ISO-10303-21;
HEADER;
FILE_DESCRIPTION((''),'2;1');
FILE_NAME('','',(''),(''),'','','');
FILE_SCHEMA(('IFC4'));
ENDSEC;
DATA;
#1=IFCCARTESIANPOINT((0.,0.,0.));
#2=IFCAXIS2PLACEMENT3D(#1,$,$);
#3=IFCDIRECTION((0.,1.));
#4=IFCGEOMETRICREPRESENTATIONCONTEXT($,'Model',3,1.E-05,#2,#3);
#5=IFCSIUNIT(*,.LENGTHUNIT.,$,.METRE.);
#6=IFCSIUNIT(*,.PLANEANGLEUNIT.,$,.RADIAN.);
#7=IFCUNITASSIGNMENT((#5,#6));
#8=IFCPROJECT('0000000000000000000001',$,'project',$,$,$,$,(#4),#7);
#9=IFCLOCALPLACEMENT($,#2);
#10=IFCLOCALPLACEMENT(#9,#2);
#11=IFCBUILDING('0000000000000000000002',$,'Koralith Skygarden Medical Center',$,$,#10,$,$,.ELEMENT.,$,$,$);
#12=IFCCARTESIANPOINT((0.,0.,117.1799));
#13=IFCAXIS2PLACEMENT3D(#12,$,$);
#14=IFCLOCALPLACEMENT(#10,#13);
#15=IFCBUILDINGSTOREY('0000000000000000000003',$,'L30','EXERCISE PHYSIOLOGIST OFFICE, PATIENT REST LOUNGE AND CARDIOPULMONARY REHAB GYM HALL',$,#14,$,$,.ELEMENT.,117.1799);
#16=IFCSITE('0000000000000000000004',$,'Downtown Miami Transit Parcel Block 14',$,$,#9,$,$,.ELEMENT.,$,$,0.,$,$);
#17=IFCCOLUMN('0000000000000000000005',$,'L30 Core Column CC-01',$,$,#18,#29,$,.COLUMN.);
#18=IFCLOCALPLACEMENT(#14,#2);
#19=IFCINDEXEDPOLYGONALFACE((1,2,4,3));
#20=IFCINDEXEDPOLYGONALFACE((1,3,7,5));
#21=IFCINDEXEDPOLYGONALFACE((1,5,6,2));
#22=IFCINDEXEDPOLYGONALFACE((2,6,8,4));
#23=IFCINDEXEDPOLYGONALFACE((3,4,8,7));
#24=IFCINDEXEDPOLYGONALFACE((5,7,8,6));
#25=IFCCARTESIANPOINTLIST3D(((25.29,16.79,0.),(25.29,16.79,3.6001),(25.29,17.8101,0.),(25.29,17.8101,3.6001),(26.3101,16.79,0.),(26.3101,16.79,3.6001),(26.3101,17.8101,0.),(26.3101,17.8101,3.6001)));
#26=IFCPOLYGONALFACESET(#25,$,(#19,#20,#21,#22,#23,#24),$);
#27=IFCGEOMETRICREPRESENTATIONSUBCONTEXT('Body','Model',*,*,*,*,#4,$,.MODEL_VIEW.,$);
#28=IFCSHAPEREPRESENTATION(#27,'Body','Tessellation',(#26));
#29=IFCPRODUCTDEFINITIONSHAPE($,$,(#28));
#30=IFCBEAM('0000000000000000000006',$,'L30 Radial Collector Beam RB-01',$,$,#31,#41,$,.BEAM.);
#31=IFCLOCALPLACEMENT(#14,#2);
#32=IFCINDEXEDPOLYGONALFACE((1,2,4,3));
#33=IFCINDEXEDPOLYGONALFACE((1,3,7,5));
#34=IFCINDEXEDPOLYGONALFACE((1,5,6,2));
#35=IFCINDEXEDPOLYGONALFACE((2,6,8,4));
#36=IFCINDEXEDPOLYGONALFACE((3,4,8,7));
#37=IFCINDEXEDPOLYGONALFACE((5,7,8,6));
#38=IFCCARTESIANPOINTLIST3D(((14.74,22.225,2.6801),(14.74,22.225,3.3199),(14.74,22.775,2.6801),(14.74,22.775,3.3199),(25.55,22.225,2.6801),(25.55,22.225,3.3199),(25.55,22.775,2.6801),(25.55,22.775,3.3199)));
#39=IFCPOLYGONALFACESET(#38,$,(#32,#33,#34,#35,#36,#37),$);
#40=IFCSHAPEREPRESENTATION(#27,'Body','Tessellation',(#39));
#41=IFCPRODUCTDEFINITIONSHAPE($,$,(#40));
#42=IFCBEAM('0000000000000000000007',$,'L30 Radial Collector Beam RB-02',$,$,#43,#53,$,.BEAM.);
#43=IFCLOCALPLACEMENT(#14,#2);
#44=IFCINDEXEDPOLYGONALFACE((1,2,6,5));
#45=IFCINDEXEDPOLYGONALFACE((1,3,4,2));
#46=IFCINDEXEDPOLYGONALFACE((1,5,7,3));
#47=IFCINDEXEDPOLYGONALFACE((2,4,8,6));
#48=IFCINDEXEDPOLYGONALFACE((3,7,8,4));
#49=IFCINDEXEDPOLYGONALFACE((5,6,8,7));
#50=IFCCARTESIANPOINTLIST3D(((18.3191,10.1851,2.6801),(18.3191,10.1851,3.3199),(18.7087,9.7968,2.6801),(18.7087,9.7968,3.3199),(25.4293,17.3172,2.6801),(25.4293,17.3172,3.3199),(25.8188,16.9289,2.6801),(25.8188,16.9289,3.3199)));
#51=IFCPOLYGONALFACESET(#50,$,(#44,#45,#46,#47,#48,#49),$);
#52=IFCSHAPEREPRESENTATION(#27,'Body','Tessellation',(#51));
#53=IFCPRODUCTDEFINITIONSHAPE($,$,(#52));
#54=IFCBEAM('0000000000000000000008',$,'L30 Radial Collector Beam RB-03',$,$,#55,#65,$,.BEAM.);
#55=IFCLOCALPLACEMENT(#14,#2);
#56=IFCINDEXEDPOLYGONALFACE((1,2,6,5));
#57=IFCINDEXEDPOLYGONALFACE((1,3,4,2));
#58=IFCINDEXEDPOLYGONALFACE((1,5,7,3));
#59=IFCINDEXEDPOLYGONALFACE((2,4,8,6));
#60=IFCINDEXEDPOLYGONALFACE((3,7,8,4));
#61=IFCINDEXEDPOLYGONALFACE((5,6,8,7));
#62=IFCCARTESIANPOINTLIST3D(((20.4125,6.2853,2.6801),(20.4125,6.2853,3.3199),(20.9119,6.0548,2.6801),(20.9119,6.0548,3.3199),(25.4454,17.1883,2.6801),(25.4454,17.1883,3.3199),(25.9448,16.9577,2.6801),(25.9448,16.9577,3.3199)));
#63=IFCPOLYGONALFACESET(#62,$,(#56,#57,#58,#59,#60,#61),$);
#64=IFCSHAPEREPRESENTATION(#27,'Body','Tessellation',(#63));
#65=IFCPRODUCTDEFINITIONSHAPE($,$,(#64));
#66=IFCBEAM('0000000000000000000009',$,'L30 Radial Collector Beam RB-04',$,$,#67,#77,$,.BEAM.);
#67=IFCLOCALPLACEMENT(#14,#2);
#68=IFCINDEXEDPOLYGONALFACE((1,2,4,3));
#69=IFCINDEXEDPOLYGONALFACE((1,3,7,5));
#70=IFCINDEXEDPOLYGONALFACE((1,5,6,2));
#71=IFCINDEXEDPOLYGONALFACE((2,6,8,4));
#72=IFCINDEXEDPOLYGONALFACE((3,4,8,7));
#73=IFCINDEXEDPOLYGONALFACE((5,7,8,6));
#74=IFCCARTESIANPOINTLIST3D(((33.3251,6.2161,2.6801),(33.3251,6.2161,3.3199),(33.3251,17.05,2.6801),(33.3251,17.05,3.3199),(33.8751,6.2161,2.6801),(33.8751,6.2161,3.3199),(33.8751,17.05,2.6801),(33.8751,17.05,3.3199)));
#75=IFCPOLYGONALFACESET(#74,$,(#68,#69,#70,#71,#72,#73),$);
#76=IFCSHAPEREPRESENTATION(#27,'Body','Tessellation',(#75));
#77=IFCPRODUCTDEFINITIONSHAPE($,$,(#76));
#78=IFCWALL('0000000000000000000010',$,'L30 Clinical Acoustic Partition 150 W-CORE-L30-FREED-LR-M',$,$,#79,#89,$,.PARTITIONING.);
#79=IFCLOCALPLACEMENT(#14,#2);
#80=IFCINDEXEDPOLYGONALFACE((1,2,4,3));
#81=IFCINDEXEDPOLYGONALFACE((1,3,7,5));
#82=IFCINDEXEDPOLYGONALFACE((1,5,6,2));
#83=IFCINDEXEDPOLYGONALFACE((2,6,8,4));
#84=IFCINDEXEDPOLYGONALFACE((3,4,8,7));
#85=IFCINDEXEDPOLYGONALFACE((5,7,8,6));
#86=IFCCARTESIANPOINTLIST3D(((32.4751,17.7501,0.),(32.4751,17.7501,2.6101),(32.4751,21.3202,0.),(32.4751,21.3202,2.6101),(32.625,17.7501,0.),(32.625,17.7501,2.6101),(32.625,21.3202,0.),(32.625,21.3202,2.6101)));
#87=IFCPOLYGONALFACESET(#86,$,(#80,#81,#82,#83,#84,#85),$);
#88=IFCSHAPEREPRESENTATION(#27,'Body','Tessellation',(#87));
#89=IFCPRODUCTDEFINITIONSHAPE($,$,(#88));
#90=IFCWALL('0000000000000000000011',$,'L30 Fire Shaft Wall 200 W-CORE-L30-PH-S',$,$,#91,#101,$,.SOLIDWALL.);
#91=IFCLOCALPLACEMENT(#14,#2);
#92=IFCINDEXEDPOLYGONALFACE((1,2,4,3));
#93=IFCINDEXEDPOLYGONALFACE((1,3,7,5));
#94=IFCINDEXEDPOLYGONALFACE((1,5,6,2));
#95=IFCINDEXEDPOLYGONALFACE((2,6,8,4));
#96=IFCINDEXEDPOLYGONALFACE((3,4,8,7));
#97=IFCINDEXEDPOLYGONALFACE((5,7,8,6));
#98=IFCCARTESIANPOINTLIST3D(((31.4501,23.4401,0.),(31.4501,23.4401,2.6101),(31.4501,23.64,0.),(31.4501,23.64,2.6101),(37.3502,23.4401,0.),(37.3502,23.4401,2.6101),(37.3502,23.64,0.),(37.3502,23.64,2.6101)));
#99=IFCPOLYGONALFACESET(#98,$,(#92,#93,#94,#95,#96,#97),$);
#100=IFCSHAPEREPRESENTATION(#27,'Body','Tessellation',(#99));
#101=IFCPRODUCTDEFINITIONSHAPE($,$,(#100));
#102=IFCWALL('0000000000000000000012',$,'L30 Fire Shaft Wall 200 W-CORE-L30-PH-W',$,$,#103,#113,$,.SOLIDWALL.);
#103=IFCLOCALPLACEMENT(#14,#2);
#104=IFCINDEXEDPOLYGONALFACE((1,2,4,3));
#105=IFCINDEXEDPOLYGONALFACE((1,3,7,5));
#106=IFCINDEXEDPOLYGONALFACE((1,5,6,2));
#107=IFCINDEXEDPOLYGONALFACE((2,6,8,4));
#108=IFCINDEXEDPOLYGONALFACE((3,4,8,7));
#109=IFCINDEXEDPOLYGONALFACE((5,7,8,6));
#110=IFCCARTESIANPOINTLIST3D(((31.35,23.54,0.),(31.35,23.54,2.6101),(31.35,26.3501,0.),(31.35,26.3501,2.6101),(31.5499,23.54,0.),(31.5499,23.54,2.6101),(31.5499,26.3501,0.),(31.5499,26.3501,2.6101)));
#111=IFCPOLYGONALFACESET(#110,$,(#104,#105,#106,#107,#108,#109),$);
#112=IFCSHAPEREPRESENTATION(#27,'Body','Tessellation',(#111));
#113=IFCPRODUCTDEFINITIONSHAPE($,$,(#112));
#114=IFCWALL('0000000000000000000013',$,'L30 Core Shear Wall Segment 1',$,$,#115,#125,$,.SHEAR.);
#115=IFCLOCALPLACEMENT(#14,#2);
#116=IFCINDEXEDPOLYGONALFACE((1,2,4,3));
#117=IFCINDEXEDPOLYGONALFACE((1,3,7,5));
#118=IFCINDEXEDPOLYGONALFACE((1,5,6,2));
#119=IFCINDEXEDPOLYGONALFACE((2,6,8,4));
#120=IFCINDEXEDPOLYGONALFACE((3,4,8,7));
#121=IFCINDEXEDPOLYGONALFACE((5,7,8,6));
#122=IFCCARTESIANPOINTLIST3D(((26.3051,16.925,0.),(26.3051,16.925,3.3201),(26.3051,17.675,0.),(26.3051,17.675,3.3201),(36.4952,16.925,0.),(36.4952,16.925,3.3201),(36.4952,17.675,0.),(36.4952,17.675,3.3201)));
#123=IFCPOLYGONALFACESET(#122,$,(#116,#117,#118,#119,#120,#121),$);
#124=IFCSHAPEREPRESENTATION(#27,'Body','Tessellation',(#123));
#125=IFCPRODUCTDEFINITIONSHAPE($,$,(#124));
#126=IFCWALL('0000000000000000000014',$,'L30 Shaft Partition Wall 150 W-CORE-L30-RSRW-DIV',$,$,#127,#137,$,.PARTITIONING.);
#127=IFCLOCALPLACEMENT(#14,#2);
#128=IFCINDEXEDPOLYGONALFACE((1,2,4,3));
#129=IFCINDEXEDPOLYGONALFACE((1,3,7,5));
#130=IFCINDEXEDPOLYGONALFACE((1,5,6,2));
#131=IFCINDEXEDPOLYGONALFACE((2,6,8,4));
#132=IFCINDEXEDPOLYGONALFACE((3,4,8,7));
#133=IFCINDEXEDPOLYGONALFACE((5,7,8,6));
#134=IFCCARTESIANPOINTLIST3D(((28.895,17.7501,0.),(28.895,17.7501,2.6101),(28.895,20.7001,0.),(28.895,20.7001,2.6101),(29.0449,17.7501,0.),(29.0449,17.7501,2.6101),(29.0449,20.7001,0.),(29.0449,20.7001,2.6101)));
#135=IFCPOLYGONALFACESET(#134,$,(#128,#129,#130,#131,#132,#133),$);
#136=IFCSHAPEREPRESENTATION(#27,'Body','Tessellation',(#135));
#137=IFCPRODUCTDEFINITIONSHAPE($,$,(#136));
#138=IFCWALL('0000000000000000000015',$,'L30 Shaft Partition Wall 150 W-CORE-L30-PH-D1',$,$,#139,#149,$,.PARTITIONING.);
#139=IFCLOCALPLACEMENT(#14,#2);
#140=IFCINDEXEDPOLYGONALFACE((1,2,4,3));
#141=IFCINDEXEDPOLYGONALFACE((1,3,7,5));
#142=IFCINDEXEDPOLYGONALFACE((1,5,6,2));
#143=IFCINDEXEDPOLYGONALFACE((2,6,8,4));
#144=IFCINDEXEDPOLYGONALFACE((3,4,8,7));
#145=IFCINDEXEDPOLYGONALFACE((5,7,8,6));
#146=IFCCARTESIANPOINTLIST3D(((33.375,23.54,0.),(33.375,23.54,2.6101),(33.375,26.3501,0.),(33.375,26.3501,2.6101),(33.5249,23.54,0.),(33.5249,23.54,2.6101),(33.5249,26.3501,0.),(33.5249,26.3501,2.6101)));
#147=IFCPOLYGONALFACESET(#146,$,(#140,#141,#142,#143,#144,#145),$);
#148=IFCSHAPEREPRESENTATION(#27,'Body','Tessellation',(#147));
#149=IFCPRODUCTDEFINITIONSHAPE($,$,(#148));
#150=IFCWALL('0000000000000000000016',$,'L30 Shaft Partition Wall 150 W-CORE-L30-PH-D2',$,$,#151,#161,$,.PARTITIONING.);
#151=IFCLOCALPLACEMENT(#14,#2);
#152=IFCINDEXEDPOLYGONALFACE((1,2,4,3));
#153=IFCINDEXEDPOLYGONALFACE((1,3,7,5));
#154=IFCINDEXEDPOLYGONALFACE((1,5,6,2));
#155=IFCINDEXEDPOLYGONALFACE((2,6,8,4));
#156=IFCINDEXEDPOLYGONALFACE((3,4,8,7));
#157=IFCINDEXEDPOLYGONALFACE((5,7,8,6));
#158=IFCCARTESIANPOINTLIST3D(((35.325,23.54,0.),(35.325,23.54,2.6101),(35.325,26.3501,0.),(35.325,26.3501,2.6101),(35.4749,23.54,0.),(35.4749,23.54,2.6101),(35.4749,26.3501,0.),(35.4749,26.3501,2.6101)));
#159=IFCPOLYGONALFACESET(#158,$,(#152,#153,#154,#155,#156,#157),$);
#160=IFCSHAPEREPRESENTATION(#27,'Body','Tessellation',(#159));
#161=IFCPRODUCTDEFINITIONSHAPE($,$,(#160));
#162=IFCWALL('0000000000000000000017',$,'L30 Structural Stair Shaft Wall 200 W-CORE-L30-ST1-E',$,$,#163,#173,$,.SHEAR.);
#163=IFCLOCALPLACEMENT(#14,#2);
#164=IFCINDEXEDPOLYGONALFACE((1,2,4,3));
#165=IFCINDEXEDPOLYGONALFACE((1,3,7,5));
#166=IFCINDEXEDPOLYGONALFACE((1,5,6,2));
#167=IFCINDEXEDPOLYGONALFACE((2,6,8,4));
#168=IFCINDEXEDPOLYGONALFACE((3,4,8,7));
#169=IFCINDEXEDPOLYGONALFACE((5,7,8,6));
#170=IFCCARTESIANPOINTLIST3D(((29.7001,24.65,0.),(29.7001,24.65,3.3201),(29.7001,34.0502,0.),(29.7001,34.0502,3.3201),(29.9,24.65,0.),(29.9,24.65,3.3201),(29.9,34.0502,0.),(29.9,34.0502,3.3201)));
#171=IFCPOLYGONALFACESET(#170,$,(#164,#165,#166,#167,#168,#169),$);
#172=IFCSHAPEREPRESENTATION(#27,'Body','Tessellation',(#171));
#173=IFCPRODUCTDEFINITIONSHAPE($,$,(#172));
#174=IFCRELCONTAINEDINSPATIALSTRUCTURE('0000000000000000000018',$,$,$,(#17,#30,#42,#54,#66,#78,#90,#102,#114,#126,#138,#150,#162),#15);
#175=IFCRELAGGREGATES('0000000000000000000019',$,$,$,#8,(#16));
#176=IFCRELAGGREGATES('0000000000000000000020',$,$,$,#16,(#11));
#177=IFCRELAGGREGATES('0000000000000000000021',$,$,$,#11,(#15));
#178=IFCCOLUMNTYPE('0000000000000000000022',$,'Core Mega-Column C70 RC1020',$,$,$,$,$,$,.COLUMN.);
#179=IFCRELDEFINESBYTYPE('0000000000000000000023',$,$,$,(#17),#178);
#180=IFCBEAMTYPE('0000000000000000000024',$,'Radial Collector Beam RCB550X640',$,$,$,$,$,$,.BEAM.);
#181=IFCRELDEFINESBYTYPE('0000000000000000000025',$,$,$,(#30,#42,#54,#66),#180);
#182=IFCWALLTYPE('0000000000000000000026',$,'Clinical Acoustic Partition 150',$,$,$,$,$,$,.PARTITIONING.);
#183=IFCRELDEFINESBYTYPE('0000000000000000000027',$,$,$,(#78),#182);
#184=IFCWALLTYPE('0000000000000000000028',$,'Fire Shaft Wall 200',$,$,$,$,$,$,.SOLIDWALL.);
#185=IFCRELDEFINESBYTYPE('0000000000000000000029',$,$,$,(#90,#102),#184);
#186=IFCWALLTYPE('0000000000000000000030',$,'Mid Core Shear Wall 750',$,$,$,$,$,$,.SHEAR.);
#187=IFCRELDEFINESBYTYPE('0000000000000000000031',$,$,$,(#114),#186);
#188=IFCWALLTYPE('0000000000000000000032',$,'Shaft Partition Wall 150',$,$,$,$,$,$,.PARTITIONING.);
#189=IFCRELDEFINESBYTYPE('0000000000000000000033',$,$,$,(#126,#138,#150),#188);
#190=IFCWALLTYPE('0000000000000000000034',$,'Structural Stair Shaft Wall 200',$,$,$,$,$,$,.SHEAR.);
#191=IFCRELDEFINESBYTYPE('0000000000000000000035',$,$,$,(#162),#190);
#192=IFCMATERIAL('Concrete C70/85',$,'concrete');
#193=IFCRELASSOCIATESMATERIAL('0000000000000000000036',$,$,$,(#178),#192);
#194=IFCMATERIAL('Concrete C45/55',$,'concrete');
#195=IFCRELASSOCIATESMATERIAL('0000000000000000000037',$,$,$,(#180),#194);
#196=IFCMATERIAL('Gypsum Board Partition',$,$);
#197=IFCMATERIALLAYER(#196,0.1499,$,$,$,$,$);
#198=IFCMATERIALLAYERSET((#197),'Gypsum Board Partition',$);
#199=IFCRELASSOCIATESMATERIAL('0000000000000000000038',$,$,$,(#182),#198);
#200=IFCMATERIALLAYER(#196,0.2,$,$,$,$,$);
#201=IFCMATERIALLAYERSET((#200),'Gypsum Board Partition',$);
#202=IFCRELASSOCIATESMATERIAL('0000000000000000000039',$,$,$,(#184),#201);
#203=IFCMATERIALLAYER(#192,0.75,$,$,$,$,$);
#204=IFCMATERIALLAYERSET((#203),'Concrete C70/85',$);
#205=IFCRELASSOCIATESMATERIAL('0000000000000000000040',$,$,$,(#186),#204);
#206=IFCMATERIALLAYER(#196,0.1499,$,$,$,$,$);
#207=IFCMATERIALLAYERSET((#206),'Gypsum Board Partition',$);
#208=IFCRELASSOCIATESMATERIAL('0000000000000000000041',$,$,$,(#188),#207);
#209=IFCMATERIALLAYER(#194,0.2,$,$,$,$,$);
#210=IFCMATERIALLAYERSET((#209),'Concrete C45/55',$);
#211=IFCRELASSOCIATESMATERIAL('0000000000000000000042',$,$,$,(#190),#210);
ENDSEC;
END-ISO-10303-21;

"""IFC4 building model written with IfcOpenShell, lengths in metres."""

from ifc_helpers import new_model, si_unit, direction, frame, frame_2d, origin, origin_2d, place, context, subcontext, project, spatial, rectangle, extrude, material, layer, layer_set, material_profile, profile_set, type_object, element, save


model = new_model("IFC4")

# Units and contexts
model_context = context("Model", 3, precision=1e-05, world=origin(), true_north=direction((0.0, 1.0)))
body_context = subcontext(model_context, "Body", "Model", "MODEL_VIEW")
ifc_project = project(units=[si_unit("LENGTHUNIT", "METRE"), si_unit("PLANEANGLEUNIT", "RADIAN")], contexts=[model_context])

# Site, building, storey
site_placement = place(None, origin())
site = spatial("IfcSite", under=ifc_project, at=site_placement, Name="Downtown Miami Transit Parcel Block 14", CompositionType="ELEMENT", RefElevation=0.0)
building_placement = place(site_placement, origin())
building = spatial("IfcBuilding", under=site, at=building_placement, Name="Koralith Skygarden Medical Center", CompositionType="ELEMENT")
storey_placement = place(building_placement, frame((0.0, 0.0, 117.1799)))
storey = spatial("IfcBuildingStorey", under=building, at=storey_placement, Name="L30", Description="EXERCISE PHYSIOLOGIST OFFICE, PATIENT REST LOUNGE AND CARDIOPULMONARY REHAB GYM HALL", CompositionType="ELEMENT", Elevation=117.1799)

# Column
ifc_material_1 = material(Name="Concrete C70/85", Category="concrete")
ifc_material_profile_1 = material_profile(ifc_material_1, rectangle(XDim=1.02, YDim=1.02, at=origin_2d()), Name="RC1020X1020")
ifc_profile_set_1 = profile_set([ifc_material_profile_1], Name="Concrete C70/85")
column_type = type_object("IfcColumnType", Name="Core Mega-Column C70 RC1020", PredefinedType="COLUMN", material=ifc_profile_set_1)
column_placement = place(storey_placement, frame((25.8, 17.3, 0.0), z_axis=(0.0, 0.0, 1.0), x_axis=(1.0, 0.0, 0.0)))
element("IfcColumn", 1, at=column_placement, inside=storey, type_object=column_type, Name="L30 Core Column CC-01", PredefinedType="COLUMN", context=body_context, shape_type="SweptSolid", body=[
    extrude(rectangle(XDim=1.02, YDim=1.02, at=origin_2d()), origin(), (0.0, 0.0, 1.0), 3.6001),
])

# Beams
ifc_material_2 = material(Name="Concrete C45/55", Category="concrete")
ifc_material_profile_2 = material_profile(ifc_material_2, rectangle(XDim=0.55, YDim=0.6399, at=origin_2d()), Name="RCB550X640")
ifc_profile_set_2 = profile_set([ifc_material_profile_2], Name="Concrete C45/55")
beam_type = type_object("IfcBeamType", Name="Radial Collector Beam RCB550X640", PredefinedType="BEAM", material=ifc_profile_set_2)
beam_1_placement = place(storey_placement, frame((25.55, 22.5, 3.0), z_axis=(-1.0, 0.0, 0.0), x_axis=(0.0, -1.0, 0.0)))
element("IfcBeam", 2, at=beam_1_placement, inside=storey, type_object=beam_type, Name="L30 Radial Collector Beam RB-01", PredefinedType="BEAM", context=body_context, shape_type="SweptSolid", body=[
    extrude(rectangle(XDim=0.55, YDim=0.6399, at=origin_2d()), origin(), (0.0, 0.0, 1.0), 10.8101),
])
beam_2_placement = place(storey_placement, frame((25.624, 17.123, 3.0), z_axis=(-0.706015, -0.708197, 0.0), x_axis=(0.708197, -0.706015, 0.0)))
element("IfcBeam", 3, at=beam_2_placement, inside=storey, type_object=beam_type, Name="L30 Radial Collector Beam RB-02", PredefinedType="BEAM", context=body_context, shape_type="SweptSolid", body=[
    extrude(rectangle(XDim=0.55, YDim=0.6399, at=origin_2d()), origin(), (0.0, 0.0, 1.0), 10.0708),
])
beam_3_placement = place(storey_placement, frame((25.6951, 17.073, 3.0), z_axis=(-0.419111, -0.907935, 0.0), x_axis=(0.907935, -0.419111, 0.0)))
element("IfcBeam", 4, at=beam_3_placement, inside=storey, type_object=beam_type, Name="L30 Radial Collector Beam RB-03", PredefinedType="BEAM", context=body_context, shape_type="SweptSolid", body=[
    extrude(rectangle(XDim=0.55, YDim=0.6399, at=origin_2d()), origin(), (0.0, 0.0, 1.0), 12.0085),
])
beam_4_placement = place(storey_placement, frame((33.6001, 17.05, 3.0), z_axis=(0.0, -1.0, 0.0), x_axis=(1.0, 0.0, 0.0)))
element("IfcBeam", 5, at=beam_4_placement, inside=storey, type_object=beam_type, Name="L30 Radial Collector Beam RB-04", PredefinedType="BEAM", context=body_context, shape_type="SweptSolid", body=[
    extrude(rectangle(XDim=0.55, YDim=0.6399, at=origin_2d()), origin(), (0.0, 0.0, 1.0), 10.834),
])

# Shared definitions
ifc_material_3 = material(Name="Gypsum Board Partition")
ifc_layer_1 = layer(ifc_material_3, 0.1499)
ifc_layer_set_1 = layer_set([ifc_layer_1], Name="Gypsum Board Partition")
wall_type_1 = type_object("IfcWallType", Name="Clinical Acoustic Partition 150", PredefinedType="PARTITIONING", material=ifc_layer_set_1)

# Wall
wall_1_placement = place(storey_placement, frame((32.55, 17.75, 0.0), z_axis=(0.0, 0.0, 1.0), x_axis=(0.0, 1.0, 0.0)))
element("IfcWall", 6, at=wall_1_placement, inside=storey, type_object=wall_type_1, Name="L30 Clinical Acoustic Partition 150 W-CORE-L30-FREED-LR-M", PredefinedType="PARTITIONING", context=body_context, shape_type="SweptSolid", body=[
    extrude(rectangle(XDim=3.5701, YDim=0.1499, at=frame_2d((1.7852, 0.0))), origin(), (0.0, 0.0, 1.0), 2.6101),
])

# Shared definitions
ifc_layer_2 = layer(ifc_material_3, 0.2)
ifc_layer_set_2 = layer_set([ifc_layer_2], Name="Gypsum Board Partition")
wall_type_2 = type_object("IfcWallType", Name="Fire Shaft Wall 200", PredefinedType="SOLIDWALL", material=ifc_layer_set_2)

# Walls
wall_2_placement = place(storey_placement, frame((31.45, 23.54, 0.0), z_axis=(0.0, 0.0, 1.0), x_axis=(1.0, 0.0, 0.0)))
element("IfcWall", 7, at=wall_2_placement, inside=storey, type_object=wall_type_2, Name="L30 Fire Shaft Wall 200 W-CORE-L30-PH-S", PredefinedType="SOLIDWALL", context=body_context, shape_type="SweptSolid", body=[
    extrude(rectangle(XDim=5.9001, YDim=0.2, at=frame_2d((2.9502, 0.0))), origin(), (0.0, 0.0, 1.0), 2.6101),
])
wall_3_placement = place(storey_placement, frame((31.45, 23.54, 0.0), z_axis=(0.0, 0.0, 1.0), x_axis=(0.0, 1.0, 0.0)))
element("IfcWall", 8, at=wall_3_placement, inside=storey, type_object=wall_type_2, Name="L30 Fire Shaft Wall 200 W-CORE-L30-PH-W", PredefinedType="SOLIDWALL", context=body_context, shape_type="SweptSolid", body=[
    extrude(rectangle(XDim=2.8101, YDim=0.2, at=frame_2d((1.405, 0.0))), origin(), (0.0, 0.0, 1.0), 2.6101),
])
ifc_layer_3 = layer(ifc_material_1, 0.75)
ifc_layer_set_3 = layer_set([ifc_layer_3], Name="Concrete C70/85")
wall_type_3 = type_object("IfcWallType", Name="Mid Core Shear Wall 750", PredefinedType="SHEAR", material=ifc_layer_set_3)
wall_4_placement = place(storey_placement, frame((26.3049, 17.3, 0.0), z_axis=(0.0, 0.0, 1.0), x_axis=(1.0, 0.0, 0.0)))
element("IfcWall", 9, at=wall_4_placement, inside=storey, type_object=wall_type_3, Name="L30 Core Shear Wall Segment 1", PredefinedType="SHEAR", context=body_context, shape_type="SweptSolid", body=[
    extrude(rectangle(XDim=10.1902, YDim=0.75, at=frame_2d((5.0952, 0.0))), origin(), (0.0, 0.0, 1.0), 3.3201),
])

# Walls
ifc_layer_4 = layer(ifc_material_3, 0.1499)
ifc_layer_set_4 = layer_set([ifc_layer_4], Name="Gypsum Board Partition")
wall_type_4 = type_object("IfcWallType", Name="Shaft Partition Wall 150", PredefinedType="PARTITIONING", material=ifc_layer_set_4)
wall_5_placement = place(storey_placement, frame((28.97, 17.75, 0.0), z_axis=(0.0, 0.0, 1.0), x_axis=(0.0, 1.0, 0.0)))
element("IfcWall", 10, at=wall_5_placement, inside=storey, type_object=wall_type_4, Name="L30 Shaft Partition Wall 150 W-CORE-L30-RSRW-DIV", PredefinedType="PARTITIONING", context=body_context, shape_type="SweptSolid", body=[
    extrude(rectangle(XDim=2.95, YDim=0.1499, at=frame_2d((1.4751, 0.0))), origin(), (0.0, 0.0, 1.0), 2.6101),
])
for number, where, z_axis, x_axis, name in (
    (11, (33.45, 23.54, 0.0), (0.0, 0.0, 1.0), (0.0, 1.0, 0.0), "L30 Shaft Partition Wall 150 W-CORE-L30-PH-D1"),
    (12, (35.3999, 23.54, 0.0), (0.0, 0.0, 1.0), (0.0, 1.0, 0.0), "L30 Shaft Partition Wall 150 W-CORE-L30-PH-D2"),
):
    element("IfcWall", number, at=place(storey_placement, frame(where, z_axis=z_axis, x_axis=x_axis)), inside=storey, type_object=wall_type_4, Name=name, PredefinedType="PARTITIONING", context=body_context, shape_type="SweptSolid", body=[
        extrude(rectangle(XDim=2.8101, YDim=0.1499, at=frame_2d((1.405, 0.0))), origin(), (0.0, 0.0, 1.0), 2.6101),
    ])
ifc_layer_5 = layer(ifc_material_2, 0.2)
ifc_layer_set_5 = layer_set([ifc_layer_5], Name="Concrete C45/55")
wall_type_5 = type_object("IfcWallType", Name="Structural Stair Shaft Wall 200", PredefinedType="SHEAR", material=ifc_layer_set_5)
wall_6_placement = place(storey_placement, frame((29.8, 24.6499, 0.0), z_axis=(0.0, 0.0, 1.0), x_axis=(0.0, 1.0, 0.0)))
element("IfcWall", 13, at=wall_6_placement, inside=storey, type_object=wall_type_5, Name="L30 Structural Stair Shaft Wall 200 W-CORE-L30-ST1-E", PredefinedType="SHEAR", context=body_context, shape_type="SweptSolid", body=[
    extrude(rectangle(XDim=9.4001, YDim=0.2, at=frame_2d((4.7002, 0.0))), origin(), (0.0, 0.0, 1.0), 3.3201),
])

save(model, "model.ifc")
